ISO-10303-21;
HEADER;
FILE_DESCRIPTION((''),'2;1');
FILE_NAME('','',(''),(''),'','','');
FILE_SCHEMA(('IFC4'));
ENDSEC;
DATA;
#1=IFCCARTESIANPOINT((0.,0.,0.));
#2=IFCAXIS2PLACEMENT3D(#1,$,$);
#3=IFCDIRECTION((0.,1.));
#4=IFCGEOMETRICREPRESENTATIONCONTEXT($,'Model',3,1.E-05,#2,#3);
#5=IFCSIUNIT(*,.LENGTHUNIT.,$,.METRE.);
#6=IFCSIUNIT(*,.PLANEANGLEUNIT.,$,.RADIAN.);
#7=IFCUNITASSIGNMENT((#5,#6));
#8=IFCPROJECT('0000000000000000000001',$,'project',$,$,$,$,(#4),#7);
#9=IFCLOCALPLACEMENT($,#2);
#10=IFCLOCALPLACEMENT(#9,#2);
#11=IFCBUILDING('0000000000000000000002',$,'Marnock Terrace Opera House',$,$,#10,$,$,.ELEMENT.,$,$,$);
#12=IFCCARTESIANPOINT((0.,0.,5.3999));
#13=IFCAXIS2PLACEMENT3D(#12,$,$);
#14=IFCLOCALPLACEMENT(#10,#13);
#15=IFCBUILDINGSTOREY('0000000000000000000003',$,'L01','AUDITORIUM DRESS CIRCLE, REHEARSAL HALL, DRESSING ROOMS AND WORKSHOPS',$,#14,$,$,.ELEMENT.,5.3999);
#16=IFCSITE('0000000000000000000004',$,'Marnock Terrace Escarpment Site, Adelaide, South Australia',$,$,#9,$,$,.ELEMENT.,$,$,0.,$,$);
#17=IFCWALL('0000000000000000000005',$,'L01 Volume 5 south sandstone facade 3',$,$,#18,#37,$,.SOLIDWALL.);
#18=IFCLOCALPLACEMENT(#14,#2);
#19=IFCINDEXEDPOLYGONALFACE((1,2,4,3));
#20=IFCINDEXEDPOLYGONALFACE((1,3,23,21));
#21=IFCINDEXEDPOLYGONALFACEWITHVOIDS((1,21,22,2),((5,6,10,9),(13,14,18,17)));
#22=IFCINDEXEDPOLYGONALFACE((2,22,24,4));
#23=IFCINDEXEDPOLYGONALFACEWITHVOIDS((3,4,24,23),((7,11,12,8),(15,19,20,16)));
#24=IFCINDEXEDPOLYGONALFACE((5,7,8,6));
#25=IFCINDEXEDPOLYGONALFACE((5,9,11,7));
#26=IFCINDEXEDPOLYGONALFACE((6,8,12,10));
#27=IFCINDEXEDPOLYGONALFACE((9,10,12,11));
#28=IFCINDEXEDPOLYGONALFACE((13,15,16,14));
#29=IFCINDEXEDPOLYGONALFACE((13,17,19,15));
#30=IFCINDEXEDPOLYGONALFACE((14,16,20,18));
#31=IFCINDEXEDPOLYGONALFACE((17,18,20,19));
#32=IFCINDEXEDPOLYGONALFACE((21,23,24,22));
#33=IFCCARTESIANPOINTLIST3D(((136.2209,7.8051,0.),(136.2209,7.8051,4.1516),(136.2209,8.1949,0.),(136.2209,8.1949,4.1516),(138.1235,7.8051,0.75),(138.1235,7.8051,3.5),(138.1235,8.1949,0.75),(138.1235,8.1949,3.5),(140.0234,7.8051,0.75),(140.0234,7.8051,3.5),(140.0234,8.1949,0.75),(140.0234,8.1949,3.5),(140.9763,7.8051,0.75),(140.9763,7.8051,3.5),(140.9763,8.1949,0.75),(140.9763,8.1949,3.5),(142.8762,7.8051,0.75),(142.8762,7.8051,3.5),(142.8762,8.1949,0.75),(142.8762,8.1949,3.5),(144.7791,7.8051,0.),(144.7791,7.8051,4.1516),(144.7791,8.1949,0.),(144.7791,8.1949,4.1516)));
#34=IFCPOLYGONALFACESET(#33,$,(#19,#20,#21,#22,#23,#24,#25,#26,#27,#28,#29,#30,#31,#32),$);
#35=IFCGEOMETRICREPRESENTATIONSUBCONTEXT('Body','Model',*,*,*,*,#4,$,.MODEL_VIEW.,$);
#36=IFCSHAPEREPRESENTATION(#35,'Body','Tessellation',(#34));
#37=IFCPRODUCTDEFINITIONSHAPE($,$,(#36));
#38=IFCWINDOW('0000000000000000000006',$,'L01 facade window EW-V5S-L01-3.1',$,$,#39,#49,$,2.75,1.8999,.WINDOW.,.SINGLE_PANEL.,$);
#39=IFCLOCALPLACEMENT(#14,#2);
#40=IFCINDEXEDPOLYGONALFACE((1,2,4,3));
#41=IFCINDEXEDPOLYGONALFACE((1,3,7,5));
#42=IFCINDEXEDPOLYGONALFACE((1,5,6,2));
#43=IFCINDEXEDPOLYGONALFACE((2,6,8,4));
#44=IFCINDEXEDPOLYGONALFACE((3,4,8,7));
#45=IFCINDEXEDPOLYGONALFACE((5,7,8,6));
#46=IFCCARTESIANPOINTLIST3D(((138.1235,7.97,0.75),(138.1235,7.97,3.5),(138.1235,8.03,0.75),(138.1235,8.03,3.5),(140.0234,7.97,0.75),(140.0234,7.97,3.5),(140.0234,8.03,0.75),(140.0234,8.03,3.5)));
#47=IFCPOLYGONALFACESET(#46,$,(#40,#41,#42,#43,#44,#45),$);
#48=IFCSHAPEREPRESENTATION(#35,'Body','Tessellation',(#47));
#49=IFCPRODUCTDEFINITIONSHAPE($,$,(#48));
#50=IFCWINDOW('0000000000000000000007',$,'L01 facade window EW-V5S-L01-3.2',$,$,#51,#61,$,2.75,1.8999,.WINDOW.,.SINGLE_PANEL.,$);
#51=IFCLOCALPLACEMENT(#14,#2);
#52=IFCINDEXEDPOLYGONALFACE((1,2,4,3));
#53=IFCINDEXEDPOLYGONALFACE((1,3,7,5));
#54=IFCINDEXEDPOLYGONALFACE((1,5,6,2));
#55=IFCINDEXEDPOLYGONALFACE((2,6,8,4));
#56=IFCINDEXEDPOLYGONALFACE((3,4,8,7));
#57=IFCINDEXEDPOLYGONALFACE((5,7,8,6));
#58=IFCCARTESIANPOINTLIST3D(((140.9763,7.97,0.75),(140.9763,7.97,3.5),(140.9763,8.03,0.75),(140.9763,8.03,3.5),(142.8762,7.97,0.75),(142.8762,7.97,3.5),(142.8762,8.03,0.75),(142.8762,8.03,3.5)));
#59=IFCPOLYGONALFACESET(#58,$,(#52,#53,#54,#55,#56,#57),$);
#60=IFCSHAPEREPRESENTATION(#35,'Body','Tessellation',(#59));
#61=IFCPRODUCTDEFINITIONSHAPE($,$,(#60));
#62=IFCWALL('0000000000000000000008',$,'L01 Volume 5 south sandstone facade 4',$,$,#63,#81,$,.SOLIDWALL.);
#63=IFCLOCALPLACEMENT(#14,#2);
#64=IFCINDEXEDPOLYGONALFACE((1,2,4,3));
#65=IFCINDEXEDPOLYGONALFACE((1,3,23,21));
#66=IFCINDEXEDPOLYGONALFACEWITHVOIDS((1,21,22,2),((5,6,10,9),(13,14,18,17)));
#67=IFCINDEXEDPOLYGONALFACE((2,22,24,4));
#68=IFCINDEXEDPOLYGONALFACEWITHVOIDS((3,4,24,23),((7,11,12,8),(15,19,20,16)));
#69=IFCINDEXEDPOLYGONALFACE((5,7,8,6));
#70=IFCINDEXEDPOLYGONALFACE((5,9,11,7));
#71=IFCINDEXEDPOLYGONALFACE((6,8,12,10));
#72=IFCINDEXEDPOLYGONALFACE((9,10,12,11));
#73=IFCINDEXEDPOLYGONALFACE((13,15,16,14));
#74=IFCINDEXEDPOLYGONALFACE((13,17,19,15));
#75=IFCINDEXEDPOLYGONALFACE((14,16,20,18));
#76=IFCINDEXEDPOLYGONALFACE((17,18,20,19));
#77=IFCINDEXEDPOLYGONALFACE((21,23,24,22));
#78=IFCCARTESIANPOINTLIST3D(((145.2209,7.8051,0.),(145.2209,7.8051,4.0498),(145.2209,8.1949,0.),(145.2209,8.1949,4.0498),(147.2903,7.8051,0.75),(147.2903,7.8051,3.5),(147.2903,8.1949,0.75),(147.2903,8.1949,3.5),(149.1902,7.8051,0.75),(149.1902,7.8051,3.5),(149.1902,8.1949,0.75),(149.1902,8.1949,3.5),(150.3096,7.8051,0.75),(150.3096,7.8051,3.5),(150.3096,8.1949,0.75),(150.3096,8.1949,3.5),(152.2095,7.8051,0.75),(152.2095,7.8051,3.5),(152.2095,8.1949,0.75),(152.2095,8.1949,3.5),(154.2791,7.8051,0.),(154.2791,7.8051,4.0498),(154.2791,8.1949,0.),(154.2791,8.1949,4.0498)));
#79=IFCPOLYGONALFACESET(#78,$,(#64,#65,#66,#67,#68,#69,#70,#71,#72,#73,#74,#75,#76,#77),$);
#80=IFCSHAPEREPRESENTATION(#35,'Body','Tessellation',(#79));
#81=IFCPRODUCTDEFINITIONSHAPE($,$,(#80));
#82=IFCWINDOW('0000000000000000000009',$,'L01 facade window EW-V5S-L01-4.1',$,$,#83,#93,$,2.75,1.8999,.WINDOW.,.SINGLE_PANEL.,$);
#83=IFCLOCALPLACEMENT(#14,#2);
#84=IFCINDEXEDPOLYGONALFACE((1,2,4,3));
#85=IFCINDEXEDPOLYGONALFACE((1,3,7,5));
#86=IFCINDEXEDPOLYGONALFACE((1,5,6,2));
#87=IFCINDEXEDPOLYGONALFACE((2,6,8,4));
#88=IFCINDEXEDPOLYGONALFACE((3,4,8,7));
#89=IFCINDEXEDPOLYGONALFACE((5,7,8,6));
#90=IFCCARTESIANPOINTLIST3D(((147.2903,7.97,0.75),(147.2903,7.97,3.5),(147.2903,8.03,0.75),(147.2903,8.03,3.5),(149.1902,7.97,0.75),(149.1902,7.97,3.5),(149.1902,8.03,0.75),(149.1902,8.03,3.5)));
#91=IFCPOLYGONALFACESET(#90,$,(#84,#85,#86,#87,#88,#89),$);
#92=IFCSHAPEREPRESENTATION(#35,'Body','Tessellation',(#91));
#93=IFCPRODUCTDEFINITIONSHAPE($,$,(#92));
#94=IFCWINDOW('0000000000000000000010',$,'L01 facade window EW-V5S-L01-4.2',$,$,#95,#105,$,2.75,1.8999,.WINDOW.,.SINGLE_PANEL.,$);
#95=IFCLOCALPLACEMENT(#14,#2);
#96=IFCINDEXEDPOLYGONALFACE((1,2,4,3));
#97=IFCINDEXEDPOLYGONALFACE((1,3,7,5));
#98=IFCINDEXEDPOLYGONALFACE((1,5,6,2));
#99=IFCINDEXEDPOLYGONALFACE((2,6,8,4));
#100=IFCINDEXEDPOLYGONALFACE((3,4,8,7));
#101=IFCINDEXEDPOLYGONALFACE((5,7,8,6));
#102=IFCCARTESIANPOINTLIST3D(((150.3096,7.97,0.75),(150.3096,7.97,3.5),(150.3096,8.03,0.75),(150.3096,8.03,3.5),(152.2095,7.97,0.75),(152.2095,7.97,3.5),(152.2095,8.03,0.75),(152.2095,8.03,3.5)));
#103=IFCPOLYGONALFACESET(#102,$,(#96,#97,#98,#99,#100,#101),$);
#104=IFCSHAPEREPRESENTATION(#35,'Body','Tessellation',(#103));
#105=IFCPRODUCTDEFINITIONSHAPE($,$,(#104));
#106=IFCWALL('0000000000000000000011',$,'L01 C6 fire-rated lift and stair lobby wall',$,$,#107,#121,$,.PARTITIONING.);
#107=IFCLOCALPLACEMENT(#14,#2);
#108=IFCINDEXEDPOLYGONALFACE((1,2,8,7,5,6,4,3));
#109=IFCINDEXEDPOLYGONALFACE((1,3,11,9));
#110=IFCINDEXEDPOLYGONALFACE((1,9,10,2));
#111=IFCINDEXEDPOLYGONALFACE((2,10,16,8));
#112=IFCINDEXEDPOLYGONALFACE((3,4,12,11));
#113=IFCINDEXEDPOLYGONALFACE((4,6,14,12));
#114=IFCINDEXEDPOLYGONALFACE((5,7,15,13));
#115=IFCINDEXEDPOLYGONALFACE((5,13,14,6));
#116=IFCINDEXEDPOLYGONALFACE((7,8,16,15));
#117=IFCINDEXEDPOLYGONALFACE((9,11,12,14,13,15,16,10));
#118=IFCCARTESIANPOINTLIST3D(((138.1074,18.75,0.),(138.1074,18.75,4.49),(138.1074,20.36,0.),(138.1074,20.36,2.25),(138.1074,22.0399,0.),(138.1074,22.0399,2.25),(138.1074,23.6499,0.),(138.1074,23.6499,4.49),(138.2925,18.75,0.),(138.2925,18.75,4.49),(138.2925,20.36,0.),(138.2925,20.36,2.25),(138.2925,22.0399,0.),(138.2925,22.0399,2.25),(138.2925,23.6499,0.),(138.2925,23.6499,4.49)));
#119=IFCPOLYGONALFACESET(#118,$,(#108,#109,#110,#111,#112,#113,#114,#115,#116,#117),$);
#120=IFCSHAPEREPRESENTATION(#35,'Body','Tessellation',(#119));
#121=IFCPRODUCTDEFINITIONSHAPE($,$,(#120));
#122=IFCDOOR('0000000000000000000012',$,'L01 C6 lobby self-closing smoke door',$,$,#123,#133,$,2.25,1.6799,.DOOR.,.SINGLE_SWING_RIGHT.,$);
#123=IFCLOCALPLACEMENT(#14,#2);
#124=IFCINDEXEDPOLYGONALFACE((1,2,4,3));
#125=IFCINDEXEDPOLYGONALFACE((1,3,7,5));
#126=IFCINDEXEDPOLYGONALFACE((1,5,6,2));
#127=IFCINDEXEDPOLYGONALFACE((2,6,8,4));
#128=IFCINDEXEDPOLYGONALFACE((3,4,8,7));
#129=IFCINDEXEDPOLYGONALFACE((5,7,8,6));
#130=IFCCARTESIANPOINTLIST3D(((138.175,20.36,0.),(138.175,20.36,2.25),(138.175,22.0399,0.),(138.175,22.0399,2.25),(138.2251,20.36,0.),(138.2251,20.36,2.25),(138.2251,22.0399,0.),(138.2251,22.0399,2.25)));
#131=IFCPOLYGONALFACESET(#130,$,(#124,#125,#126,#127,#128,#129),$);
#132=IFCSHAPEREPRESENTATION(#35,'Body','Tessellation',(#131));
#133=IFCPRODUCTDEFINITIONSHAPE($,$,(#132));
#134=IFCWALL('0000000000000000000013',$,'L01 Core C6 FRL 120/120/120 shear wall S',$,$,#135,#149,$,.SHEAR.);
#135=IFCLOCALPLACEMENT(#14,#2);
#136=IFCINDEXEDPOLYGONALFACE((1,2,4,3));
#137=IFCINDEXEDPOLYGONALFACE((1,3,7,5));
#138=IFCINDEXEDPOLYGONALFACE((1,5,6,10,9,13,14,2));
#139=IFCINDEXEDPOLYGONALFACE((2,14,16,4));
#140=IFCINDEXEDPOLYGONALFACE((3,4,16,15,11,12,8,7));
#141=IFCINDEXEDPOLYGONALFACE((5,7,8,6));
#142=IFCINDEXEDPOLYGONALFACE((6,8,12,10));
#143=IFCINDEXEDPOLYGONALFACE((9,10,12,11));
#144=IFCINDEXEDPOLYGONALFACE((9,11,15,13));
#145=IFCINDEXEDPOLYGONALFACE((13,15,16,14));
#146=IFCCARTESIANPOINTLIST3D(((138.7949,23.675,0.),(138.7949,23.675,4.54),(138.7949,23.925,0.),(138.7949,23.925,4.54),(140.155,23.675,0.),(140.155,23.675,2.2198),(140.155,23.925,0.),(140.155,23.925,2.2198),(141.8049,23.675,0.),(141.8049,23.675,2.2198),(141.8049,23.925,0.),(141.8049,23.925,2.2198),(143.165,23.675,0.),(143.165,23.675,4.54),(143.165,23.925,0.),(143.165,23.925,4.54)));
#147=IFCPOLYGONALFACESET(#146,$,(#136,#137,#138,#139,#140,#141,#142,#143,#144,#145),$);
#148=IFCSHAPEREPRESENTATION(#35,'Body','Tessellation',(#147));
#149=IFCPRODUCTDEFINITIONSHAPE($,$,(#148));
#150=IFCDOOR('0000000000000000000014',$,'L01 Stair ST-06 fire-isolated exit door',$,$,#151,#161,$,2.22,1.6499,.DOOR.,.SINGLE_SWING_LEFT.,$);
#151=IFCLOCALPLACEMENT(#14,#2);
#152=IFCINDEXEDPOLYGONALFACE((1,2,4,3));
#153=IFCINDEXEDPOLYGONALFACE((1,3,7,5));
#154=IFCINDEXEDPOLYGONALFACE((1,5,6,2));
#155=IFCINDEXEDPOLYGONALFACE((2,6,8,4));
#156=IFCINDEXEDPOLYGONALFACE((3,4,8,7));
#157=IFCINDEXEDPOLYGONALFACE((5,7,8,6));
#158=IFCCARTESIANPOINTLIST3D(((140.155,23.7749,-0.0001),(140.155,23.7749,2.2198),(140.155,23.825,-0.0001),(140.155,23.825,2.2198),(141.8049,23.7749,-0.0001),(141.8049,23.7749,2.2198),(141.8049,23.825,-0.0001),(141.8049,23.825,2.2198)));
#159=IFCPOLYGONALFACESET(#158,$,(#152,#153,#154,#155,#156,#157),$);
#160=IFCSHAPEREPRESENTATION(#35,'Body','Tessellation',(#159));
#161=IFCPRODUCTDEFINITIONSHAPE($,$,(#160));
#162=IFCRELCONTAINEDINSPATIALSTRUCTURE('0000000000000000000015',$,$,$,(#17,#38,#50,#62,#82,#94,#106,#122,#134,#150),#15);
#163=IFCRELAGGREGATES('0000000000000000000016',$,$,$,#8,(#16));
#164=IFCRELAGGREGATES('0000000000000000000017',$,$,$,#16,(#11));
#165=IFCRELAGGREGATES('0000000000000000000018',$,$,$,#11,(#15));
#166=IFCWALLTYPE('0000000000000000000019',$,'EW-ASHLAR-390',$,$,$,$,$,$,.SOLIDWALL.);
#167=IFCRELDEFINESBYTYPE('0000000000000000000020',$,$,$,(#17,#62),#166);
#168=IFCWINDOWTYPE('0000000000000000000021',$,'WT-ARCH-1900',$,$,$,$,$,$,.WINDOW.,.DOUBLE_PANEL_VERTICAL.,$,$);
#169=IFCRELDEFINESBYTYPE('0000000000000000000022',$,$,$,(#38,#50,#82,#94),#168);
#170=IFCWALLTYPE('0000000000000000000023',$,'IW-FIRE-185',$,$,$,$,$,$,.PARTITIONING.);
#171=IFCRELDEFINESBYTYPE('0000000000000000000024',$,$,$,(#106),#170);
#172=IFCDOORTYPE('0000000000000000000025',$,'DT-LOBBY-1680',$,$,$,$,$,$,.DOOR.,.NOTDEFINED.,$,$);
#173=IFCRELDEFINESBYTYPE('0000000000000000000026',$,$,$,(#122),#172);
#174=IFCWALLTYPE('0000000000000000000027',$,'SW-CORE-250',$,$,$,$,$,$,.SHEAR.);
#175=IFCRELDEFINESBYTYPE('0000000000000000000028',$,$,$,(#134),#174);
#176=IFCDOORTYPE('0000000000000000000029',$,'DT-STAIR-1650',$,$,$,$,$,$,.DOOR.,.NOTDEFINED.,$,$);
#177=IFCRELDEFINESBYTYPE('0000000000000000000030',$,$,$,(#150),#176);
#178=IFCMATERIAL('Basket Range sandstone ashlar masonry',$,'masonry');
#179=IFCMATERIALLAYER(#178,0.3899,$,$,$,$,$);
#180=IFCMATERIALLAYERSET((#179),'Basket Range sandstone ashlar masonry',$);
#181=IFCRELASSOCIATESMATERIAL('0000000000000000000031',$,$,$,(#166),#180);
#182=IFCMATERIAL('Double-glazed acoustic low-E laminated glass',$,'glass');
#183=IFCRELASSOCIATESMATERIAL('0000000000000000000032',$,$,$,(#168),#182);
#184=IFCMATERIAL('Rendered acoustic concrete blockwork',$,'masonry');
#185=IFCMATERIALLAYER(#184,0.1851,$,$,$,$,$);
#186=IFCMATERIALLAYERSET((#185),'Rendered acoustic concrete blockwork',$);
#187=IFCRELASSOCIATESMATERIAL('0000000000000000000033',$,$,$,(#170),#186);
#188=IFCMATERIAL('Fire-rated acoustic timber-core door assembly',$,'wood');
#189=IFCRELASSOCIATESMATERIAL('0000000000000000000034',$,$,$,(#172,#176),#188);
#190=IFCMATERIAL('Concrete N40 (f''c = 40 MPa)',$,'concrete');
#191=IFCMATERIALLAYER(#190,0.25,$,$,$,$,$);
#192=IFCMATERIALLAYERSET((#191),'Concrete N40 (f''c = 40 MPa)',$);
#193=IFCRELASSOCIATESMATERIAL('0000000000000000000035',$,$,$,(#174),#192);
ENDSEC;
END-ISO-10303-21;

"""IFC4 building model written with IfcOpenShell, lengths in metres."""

from ifc_helpers import new_model, si_unit, direction, frame, frame_2d, origin, place, context, subcontext, project, spatial, rectangle, extrude, material, layer, layer_set, type_object, element, fill, save


model = new_model("IFC4")

# Units and contexts
model_context = context("Model", 3, precision=1e-05, world=origin(), true_north=direction((0.0, 1.0)))
body_context = subcontext(model_context, "Body", "Model", "MODEL_VIEW")
ifc_project = project(units=[si_unit("LENGTHUNIT", "METRE"), si_unit("PLANEANGLEUNIT", "RADIAN")], contexts=[model_context])

# Site, building, storey
site_placement = place(None, origin())
site = spatial("IfcSite", under=ifc_project, at=site_placement, Name="Marnock Terrace Escarpment Site, Adelaide, South Australia", CompositionType="ELEMENT", RefElevation=0.0)
building_placement = place(site_placement, origin())
building = spatial("IfcBuilding", under=site, at=building_placement, Name="Marnock Terrace Opera House", CompositionType="ELEMENT")
storey_placement = place(building_placement, frame((0.0, 0.0, 5.3999)))
storey = spatial("IfcBuildingStorey", under=building, at=storey_placement, Name="L01", Description="AUDITORIUM DRESS CIRCLE, REHEARSAL HALL, DRESSING ROOMS AND WORKSHOPS", CompositionType="ELEMENT", Elevation=5.3999)

# Shared definitions
ifc_material_1 = material(Name="Concrete N40 (f'c = 40 MPa)", Category="concrete")

# Walls, openings, windows
ifc_material_2 = material(Name="Basket Range sandstone ashlar masonry", Category="masonry")
ifc_layer_1 = layer(ifc_material_2, 0.3899)
ifc_layer_set_1 = layer_set([ifc_layer_1], Name="Basket Range sandstone ashlar masonry")
wall_type_1 = type_object("IfcWallType", Name="EW-ASHLAR-390", PredefinedType="SOLIDWALL", material=ifc_layer_set_1)
wall_1_placement = place(storey_placement, frame((136.2209, 8.0, 0.0), z_axis=(0.0, 0.0, 1.0), x_axis=(1.0, 0.0, 0.0)))
wall_1 = element("IfcWall", 1, at=wall_1_placement, inside=storey, type_object=wall_type_1, Name="L01 Volume 5 south sandstone facade 3", PredefinedType="SOLIDWALL", context=body_context, shape_type="SweptSolid", body=[
    extrude(rectangle(XDim=8.5581, YDim=0.3899, at=frame_2d((4.2791, 0.0))), origin(), (0.0, 0.0, 1.0), 4.1516),
])
opening_1_placement = place(wall_1_placement, frame((1.9026, 0.0, 0.75)))
opening_1 = element("IfcOpeningElement", 2, at=opening_1_placement, cuts=wall_1, PredefinedType="OPENING", context=body_context, shape_type="SweptSolid", body=[
    extrude(rectangle(XDim=1.8999, YDim=2.75, at=frame_2d((0.95, 1.375))), frame((0.0, 0.2048, 0.0), z_axis=(0.0, -1.0, 0.0), x_axis=(1.0, 0.0, 0.0)), (0.0, 0.0, 1.0), 0.4099),
])
opening_2_placement = place(wall_1_placement, frame((4.7554, 0.0, 0.75)))
opening_2 = element("IfcOpeningElement", 3, at=opening_2_placement, cuts=wall_1, PredefinedType="OPENING", context=body_context, shape_type="SweptSolid", body=[
    extrude(rectangle(XDim=1.8999, YDim=2.75, at=frame_2d((0.95, 1.375))), frame((0.0, 0.2048, 0.0), z_axis=(0.0, -1.0, 0.0), x_axis=(1.0, 0.0, 0.0)), (0.0, 0.0, 1.0), 0.4099),
])
ifc_material_3 = material(Name="Double-glazed acoustic low-E laminated glass", Category="glass")
window_type = type_object("IfcWindowType", Name="WT-ARCH-1900", PartitioningType="DOUBLE_PANEL_VERTICAL", PredefinedType="WINDOW", material=ifc_material_3)
window_1_placement = place(opening_1_placement, origin())
window_1 = element("IfcWindow", 4, at=window_1_placement, inside=storey, type_object=window_type, Name="L01 facade window EW-V5S-L01-3.1", OverallHeight=2.75, OverallWidth=1.8999, PartitioningType="SINGLE_PANEL", PredefinedType="WINDOW", context=body_context, shape_type="SweptSolid", body=[
    extrude(rectangle(XDim=1.8999, YDim=2.75, at=frame_2d((0.95, 1.375))), frame((0.0, 0.03, 0.0), z_axis=(0.0, -1.0, 0.0), x_axis=(1.0, 0.0, 0.0)), (0.0, 0.0, 1.0), 0.0601),
])
fill(opening_1, window_1)
window_2_placement = place(opening_2_placement, origin())
window_2 = element("IfcWindow", 5, at=window_2_placement, inside=storey, type_object=window_type, Name="L01 facade window EW-V5S-L01-3.2", OverallHeight=2.75, OverallWidth=1.8999, PartitioningType="SINGLE_PANEL", PredefinedType="WINDOW", context=body_context, shape_type="SweptSolid", body=[
    extrude(rectangle(XDim=1.8999, YDim=2.75, at=frame_2d((0.95, 1.375))), frame((0.0, 0.03, 0.0), z_axis=(0.0, -1.0, 0.0), x_axis=(1.0, 0.0, 0.0)), (0.0, 0.0, 1.0), 0.0601),
])
fill(opening_2, window_2)
wall_2_placement = place(storey_placement, frame((145.2209, 8.0, 0.0), z_axis=(0.0, 0.0, 1.0), x_axis=(1.0, 0.0, 0.0)))
wall_2 = element("IfcWall", 6, at=wall_2_placement, inside=storey, type_object=wall_type_1, Name="L01 Volume 5 south sandstone facade 4", PredefinedType="SOLIDWALL", context=body_context, shape_type="SweptSolid", body=[
    extrude(rectangle(XDim=9.0581, YDim=0.3899, at=frame_2d((4.5291, 0.0))), origin(), (0.0, 0.0, 1.0), 4.0498),
])
opening_3_placement = place(wall_2_placement, frame((2.0693, 0.0, 0.75)))
opening_3 = element("IfcOpeningElement", 7, at=opening_3_placement, cuts=wall_2, PredefinedType="OPENING", context=body_context, shape_type="SweptSolid", body=[
    extrude(rectangle(XDim=1.8999, YDim=2.75, at=frame_2d((0.95, 1.375))), frame((0.0, 0.2048, 0.0), z_axis=(0.0, -1.0, 0.0), x_axis=(1.0, 0.0, 0.0)), (0.0, 0.0, 1.0), 0.4099),
])
opening_4_placement = place(wall_2_placement, frame((5.0886, 0.0, 0.75)))
opening_4 = element("IfcOpeningElement", 8, at=opening_4_placement, cuts=wall_2, PredefinedType="OPENING", context=body_context, shape_type="SweptSolid", body=[
    extrude(rectangle(XDim=1.8999, YDim=2.75, at=frame_2d((0.95, 1.375))), frame((0.0, 0.2048, 0.0), z_axis=(0.0, -1.0, 0.0), x_axis=(1.0, 0.0, 0.0)), (0.0, 0.0, 1.0), 0.4099),
])
window_3_placement = place(opening_3_placement, origin())
window_3 = element("IfcWindow", 9, at=window_3_placement, inside=storey, type_object=window_type, Name="L01 facade window EW-V5S-L01-4.1", OverallHeight=2.75, OverallWidth=1.8999, PartitioningType="SINGLE_PANEL", PredefinedType="WINDOW", context=body_context, shape_type="SweptSolid", body=[
    extrude(rectangle(XDim=1.8999, YDim=2.75, at=frame_2d((0.95, 1.375))), frame((0.0, 0.03, 0.0), z_axis=(0.0, -1.0, 0.0), x_axis=(1.0, 0.0, 0.0)), (0.0, 0.0, 1.0), 0.0601),
])
fill(opening_3, window_3)
window_4_placement = place(opening_4_placement, origin())
window_4 = element("IfcWindow", 10, at=window_4_placement, inside=storey, type_object=window_type, Name="L01 facade window EW-V5S-L01-4.2", OverallHeight=2.75, OverallWidth=1.8999, PartitioningType="SINGLE_PANEL", PredefinedType="WINDOW", context=body_context, shape_type="SweptSolid", body=[
    extrude(rectangle(XDim=1.8999, YDim=2.75, at=frame_2d((0.95, 1.375))), frame((0.0, 0.03, 0.0), z_axis=(0.0, -1.0, 0.0), x_axis=(1.0, 0.0, 0.0)), (0.0, 0.0, 1.0), 0.0601),
])
fill(opening_4, window_4)

# Walls, openings, doors
ifc_material_4 = material(Name="Rendered acoustic concrete blockwork", Category="masonry")
ifc_layer_2 = layer(ifc_material_4, 0.1851)
ifc_layer_set_2 = layer_set([ifc_layer_2], Name="Rendered acoustic concrete blockwork")
wall_type_2 = type_object("IfcWallType", Name="IW-FIRE-185", PredefinedType="PARTITIONING", material=ifc_layer_set_2)
wall_3_placement = place(storey_placement, frame((138.2, 18.75, 0.0), z_axis=(0.0, 0.0, 1.0), x_axis=(0.0, 1.0, 0.0)))
wall_3 = element("IfcWall", 11, at=wall_3_placement, inside=storey, type_object=wall_type_2, Name="L01 C6 fire-rated lift and stair lobby wall", PredefinedType="PARTITIONING", context=body_context, shape_type="SweptSolid", body=[
    extrude(rectangle(XDim=4.8999, YDim=0.1851, at=frame_2d((2.45, 0.0))), origin(), (0.0, 0.0, 1.0), 4.49),
])
opening_5_placement = place(wall_3_placement, frame((1.6101, 0.0, 0.0)))
opening_5 = element("IfcOpeningElement", 12, at=opening_5_placement, cuts=wall_3, PredefinedType="OPENING", context=body_context, shape_type="SweptSolid", body=[
    extrude(rectangle(XDim=1.6799, YDim=2.25, at=frame_2d((0.8398, 1.125))), frame((0.0, 0.1025, 0.0), z_axis=(0.0, -1.0, 0.0), x_axis=(1.0, 0.0, 0.0)), (0.0, 0.0, 1.0), 0.2051),
])
ifc_material_5 = material(Name="Fire-rated acoustic timber-core door assembly", Category="wood")
door_type_1 = type_object("IfcDoorType", Name="DT-LOBBY-1680", OperationType="NOTDEFINED", PredefinedType="DOOR", material=ifc_material_5)
door_1_placement = place(opening_5_placement, origin())
door_1 = element("IfcDoor", 13, at=door_1_placement, inside=storey, type_object=door_type_1, Name="L01 C6 lobby self-closing smoke door", OperationType="SINGLE_SWING_RIGHT", OverallHeight=2.25, OverallWidth=1.6799, PredefinedType="DOOR", context=body_context, shape_type="SweptSolid", body=[
    extrude(rectangle(XDim=1.6799, YDim=2.25, at=frame_2d((0.8398, 1.125))), frame((0.0, 0.0249, 0.0), z_axis=(0.0, -1.0, 0.0), x_axis=(1.0, 0.0, 0.0)), (0.0, 0.0, 1.0), 0.05),
])
fill(opening_5, door_1)
ifc_layer_3 = layer(ifc_material_1, 0.25)
ifc_layer_set_3 = layer_set([ifc_layer_3], Name="Concrete N40 (f'c = 40 MPa)")
wall_type_3 = type_object("IfcWallType", Name="SW-CORE-250", PredefinedType="SHEAR", material=ifc_layer_set_3)
wall_4_placement = place(storey_placement, frame((138.7949, 23.8, 0.0), z_axis=(0.0, 0.0, 1.0), x_axis=(1.0, 0.0, 0.0)))
wall_4 = element("IfcWall", 14, at=wall_4_placement, inside=storey, type_object=wall_type_3, Name="L01 Core C6 FRL 120/120/120 shear wall S", PredefinedType="SHEAR", context=body_context, shape_type="SweptSolid", body=[
    extrude(rectangle(XDim=4.3701, YDim=0.25, at=frame_2d((2.1851, 0.0))), origin(), (0.0, 0.0, 1.0), 4.54),
])
opening_6_placement = place(wall_4_placement, frame((1.3601, 0.0, 0.0)))
opening_6 = element("IfcOpeningElement", 15, at=opening_6_placement, cuts=wall_4, PredefinedType="OPENING", context=body_context, shape_type="SweptSolid", body=[
    extrude(rectangle(XDim=1.6499, YDim=2.22, at=frame_2d((0.825, 1.1099))), frame((0.0, 0.135, 0.0), z_axis=(0.0, -1.0, 0.0), x_axis=(1.0, 0.0, 0.0)), (0.0, 0.0, 1.0), 0.27),
])
door_type_2 = type_object("IfcDoorType", Name="DT-STAIR-1650", OperationType="NOTDEFINED", PredefinedType="DOOR", material=ifc_material_5)
door_2_placement = place(opening_6_placement, origin())
door_2 = element("IfcDoor", 16, at=door_2_placement, inside=storey, type_object=door_type_2, Name="L01 Stair ST-06 fire-isolated exit door", OperationType="SINGLE_SWING_LEFT", OverallHeight=2.22, OverallWidth=1.6499, PredefinedType="DOOR", context=body_context, shape_type="SweptSolid", body=[
    extrude(rectangle(XDim=1.6499, YDim=2.22, at=frame_2d((0.825, 1.1099))), frame((0.0, 0.0249, 0.0), z_axis=(0.0, -1.0, 0.0), x_axis=(1.0, 0.0, 0.0)), (0.0, 0.0, 1.0), 0.05),
])
fill(opening_6, door_2)

save(model, "model.ifc")
